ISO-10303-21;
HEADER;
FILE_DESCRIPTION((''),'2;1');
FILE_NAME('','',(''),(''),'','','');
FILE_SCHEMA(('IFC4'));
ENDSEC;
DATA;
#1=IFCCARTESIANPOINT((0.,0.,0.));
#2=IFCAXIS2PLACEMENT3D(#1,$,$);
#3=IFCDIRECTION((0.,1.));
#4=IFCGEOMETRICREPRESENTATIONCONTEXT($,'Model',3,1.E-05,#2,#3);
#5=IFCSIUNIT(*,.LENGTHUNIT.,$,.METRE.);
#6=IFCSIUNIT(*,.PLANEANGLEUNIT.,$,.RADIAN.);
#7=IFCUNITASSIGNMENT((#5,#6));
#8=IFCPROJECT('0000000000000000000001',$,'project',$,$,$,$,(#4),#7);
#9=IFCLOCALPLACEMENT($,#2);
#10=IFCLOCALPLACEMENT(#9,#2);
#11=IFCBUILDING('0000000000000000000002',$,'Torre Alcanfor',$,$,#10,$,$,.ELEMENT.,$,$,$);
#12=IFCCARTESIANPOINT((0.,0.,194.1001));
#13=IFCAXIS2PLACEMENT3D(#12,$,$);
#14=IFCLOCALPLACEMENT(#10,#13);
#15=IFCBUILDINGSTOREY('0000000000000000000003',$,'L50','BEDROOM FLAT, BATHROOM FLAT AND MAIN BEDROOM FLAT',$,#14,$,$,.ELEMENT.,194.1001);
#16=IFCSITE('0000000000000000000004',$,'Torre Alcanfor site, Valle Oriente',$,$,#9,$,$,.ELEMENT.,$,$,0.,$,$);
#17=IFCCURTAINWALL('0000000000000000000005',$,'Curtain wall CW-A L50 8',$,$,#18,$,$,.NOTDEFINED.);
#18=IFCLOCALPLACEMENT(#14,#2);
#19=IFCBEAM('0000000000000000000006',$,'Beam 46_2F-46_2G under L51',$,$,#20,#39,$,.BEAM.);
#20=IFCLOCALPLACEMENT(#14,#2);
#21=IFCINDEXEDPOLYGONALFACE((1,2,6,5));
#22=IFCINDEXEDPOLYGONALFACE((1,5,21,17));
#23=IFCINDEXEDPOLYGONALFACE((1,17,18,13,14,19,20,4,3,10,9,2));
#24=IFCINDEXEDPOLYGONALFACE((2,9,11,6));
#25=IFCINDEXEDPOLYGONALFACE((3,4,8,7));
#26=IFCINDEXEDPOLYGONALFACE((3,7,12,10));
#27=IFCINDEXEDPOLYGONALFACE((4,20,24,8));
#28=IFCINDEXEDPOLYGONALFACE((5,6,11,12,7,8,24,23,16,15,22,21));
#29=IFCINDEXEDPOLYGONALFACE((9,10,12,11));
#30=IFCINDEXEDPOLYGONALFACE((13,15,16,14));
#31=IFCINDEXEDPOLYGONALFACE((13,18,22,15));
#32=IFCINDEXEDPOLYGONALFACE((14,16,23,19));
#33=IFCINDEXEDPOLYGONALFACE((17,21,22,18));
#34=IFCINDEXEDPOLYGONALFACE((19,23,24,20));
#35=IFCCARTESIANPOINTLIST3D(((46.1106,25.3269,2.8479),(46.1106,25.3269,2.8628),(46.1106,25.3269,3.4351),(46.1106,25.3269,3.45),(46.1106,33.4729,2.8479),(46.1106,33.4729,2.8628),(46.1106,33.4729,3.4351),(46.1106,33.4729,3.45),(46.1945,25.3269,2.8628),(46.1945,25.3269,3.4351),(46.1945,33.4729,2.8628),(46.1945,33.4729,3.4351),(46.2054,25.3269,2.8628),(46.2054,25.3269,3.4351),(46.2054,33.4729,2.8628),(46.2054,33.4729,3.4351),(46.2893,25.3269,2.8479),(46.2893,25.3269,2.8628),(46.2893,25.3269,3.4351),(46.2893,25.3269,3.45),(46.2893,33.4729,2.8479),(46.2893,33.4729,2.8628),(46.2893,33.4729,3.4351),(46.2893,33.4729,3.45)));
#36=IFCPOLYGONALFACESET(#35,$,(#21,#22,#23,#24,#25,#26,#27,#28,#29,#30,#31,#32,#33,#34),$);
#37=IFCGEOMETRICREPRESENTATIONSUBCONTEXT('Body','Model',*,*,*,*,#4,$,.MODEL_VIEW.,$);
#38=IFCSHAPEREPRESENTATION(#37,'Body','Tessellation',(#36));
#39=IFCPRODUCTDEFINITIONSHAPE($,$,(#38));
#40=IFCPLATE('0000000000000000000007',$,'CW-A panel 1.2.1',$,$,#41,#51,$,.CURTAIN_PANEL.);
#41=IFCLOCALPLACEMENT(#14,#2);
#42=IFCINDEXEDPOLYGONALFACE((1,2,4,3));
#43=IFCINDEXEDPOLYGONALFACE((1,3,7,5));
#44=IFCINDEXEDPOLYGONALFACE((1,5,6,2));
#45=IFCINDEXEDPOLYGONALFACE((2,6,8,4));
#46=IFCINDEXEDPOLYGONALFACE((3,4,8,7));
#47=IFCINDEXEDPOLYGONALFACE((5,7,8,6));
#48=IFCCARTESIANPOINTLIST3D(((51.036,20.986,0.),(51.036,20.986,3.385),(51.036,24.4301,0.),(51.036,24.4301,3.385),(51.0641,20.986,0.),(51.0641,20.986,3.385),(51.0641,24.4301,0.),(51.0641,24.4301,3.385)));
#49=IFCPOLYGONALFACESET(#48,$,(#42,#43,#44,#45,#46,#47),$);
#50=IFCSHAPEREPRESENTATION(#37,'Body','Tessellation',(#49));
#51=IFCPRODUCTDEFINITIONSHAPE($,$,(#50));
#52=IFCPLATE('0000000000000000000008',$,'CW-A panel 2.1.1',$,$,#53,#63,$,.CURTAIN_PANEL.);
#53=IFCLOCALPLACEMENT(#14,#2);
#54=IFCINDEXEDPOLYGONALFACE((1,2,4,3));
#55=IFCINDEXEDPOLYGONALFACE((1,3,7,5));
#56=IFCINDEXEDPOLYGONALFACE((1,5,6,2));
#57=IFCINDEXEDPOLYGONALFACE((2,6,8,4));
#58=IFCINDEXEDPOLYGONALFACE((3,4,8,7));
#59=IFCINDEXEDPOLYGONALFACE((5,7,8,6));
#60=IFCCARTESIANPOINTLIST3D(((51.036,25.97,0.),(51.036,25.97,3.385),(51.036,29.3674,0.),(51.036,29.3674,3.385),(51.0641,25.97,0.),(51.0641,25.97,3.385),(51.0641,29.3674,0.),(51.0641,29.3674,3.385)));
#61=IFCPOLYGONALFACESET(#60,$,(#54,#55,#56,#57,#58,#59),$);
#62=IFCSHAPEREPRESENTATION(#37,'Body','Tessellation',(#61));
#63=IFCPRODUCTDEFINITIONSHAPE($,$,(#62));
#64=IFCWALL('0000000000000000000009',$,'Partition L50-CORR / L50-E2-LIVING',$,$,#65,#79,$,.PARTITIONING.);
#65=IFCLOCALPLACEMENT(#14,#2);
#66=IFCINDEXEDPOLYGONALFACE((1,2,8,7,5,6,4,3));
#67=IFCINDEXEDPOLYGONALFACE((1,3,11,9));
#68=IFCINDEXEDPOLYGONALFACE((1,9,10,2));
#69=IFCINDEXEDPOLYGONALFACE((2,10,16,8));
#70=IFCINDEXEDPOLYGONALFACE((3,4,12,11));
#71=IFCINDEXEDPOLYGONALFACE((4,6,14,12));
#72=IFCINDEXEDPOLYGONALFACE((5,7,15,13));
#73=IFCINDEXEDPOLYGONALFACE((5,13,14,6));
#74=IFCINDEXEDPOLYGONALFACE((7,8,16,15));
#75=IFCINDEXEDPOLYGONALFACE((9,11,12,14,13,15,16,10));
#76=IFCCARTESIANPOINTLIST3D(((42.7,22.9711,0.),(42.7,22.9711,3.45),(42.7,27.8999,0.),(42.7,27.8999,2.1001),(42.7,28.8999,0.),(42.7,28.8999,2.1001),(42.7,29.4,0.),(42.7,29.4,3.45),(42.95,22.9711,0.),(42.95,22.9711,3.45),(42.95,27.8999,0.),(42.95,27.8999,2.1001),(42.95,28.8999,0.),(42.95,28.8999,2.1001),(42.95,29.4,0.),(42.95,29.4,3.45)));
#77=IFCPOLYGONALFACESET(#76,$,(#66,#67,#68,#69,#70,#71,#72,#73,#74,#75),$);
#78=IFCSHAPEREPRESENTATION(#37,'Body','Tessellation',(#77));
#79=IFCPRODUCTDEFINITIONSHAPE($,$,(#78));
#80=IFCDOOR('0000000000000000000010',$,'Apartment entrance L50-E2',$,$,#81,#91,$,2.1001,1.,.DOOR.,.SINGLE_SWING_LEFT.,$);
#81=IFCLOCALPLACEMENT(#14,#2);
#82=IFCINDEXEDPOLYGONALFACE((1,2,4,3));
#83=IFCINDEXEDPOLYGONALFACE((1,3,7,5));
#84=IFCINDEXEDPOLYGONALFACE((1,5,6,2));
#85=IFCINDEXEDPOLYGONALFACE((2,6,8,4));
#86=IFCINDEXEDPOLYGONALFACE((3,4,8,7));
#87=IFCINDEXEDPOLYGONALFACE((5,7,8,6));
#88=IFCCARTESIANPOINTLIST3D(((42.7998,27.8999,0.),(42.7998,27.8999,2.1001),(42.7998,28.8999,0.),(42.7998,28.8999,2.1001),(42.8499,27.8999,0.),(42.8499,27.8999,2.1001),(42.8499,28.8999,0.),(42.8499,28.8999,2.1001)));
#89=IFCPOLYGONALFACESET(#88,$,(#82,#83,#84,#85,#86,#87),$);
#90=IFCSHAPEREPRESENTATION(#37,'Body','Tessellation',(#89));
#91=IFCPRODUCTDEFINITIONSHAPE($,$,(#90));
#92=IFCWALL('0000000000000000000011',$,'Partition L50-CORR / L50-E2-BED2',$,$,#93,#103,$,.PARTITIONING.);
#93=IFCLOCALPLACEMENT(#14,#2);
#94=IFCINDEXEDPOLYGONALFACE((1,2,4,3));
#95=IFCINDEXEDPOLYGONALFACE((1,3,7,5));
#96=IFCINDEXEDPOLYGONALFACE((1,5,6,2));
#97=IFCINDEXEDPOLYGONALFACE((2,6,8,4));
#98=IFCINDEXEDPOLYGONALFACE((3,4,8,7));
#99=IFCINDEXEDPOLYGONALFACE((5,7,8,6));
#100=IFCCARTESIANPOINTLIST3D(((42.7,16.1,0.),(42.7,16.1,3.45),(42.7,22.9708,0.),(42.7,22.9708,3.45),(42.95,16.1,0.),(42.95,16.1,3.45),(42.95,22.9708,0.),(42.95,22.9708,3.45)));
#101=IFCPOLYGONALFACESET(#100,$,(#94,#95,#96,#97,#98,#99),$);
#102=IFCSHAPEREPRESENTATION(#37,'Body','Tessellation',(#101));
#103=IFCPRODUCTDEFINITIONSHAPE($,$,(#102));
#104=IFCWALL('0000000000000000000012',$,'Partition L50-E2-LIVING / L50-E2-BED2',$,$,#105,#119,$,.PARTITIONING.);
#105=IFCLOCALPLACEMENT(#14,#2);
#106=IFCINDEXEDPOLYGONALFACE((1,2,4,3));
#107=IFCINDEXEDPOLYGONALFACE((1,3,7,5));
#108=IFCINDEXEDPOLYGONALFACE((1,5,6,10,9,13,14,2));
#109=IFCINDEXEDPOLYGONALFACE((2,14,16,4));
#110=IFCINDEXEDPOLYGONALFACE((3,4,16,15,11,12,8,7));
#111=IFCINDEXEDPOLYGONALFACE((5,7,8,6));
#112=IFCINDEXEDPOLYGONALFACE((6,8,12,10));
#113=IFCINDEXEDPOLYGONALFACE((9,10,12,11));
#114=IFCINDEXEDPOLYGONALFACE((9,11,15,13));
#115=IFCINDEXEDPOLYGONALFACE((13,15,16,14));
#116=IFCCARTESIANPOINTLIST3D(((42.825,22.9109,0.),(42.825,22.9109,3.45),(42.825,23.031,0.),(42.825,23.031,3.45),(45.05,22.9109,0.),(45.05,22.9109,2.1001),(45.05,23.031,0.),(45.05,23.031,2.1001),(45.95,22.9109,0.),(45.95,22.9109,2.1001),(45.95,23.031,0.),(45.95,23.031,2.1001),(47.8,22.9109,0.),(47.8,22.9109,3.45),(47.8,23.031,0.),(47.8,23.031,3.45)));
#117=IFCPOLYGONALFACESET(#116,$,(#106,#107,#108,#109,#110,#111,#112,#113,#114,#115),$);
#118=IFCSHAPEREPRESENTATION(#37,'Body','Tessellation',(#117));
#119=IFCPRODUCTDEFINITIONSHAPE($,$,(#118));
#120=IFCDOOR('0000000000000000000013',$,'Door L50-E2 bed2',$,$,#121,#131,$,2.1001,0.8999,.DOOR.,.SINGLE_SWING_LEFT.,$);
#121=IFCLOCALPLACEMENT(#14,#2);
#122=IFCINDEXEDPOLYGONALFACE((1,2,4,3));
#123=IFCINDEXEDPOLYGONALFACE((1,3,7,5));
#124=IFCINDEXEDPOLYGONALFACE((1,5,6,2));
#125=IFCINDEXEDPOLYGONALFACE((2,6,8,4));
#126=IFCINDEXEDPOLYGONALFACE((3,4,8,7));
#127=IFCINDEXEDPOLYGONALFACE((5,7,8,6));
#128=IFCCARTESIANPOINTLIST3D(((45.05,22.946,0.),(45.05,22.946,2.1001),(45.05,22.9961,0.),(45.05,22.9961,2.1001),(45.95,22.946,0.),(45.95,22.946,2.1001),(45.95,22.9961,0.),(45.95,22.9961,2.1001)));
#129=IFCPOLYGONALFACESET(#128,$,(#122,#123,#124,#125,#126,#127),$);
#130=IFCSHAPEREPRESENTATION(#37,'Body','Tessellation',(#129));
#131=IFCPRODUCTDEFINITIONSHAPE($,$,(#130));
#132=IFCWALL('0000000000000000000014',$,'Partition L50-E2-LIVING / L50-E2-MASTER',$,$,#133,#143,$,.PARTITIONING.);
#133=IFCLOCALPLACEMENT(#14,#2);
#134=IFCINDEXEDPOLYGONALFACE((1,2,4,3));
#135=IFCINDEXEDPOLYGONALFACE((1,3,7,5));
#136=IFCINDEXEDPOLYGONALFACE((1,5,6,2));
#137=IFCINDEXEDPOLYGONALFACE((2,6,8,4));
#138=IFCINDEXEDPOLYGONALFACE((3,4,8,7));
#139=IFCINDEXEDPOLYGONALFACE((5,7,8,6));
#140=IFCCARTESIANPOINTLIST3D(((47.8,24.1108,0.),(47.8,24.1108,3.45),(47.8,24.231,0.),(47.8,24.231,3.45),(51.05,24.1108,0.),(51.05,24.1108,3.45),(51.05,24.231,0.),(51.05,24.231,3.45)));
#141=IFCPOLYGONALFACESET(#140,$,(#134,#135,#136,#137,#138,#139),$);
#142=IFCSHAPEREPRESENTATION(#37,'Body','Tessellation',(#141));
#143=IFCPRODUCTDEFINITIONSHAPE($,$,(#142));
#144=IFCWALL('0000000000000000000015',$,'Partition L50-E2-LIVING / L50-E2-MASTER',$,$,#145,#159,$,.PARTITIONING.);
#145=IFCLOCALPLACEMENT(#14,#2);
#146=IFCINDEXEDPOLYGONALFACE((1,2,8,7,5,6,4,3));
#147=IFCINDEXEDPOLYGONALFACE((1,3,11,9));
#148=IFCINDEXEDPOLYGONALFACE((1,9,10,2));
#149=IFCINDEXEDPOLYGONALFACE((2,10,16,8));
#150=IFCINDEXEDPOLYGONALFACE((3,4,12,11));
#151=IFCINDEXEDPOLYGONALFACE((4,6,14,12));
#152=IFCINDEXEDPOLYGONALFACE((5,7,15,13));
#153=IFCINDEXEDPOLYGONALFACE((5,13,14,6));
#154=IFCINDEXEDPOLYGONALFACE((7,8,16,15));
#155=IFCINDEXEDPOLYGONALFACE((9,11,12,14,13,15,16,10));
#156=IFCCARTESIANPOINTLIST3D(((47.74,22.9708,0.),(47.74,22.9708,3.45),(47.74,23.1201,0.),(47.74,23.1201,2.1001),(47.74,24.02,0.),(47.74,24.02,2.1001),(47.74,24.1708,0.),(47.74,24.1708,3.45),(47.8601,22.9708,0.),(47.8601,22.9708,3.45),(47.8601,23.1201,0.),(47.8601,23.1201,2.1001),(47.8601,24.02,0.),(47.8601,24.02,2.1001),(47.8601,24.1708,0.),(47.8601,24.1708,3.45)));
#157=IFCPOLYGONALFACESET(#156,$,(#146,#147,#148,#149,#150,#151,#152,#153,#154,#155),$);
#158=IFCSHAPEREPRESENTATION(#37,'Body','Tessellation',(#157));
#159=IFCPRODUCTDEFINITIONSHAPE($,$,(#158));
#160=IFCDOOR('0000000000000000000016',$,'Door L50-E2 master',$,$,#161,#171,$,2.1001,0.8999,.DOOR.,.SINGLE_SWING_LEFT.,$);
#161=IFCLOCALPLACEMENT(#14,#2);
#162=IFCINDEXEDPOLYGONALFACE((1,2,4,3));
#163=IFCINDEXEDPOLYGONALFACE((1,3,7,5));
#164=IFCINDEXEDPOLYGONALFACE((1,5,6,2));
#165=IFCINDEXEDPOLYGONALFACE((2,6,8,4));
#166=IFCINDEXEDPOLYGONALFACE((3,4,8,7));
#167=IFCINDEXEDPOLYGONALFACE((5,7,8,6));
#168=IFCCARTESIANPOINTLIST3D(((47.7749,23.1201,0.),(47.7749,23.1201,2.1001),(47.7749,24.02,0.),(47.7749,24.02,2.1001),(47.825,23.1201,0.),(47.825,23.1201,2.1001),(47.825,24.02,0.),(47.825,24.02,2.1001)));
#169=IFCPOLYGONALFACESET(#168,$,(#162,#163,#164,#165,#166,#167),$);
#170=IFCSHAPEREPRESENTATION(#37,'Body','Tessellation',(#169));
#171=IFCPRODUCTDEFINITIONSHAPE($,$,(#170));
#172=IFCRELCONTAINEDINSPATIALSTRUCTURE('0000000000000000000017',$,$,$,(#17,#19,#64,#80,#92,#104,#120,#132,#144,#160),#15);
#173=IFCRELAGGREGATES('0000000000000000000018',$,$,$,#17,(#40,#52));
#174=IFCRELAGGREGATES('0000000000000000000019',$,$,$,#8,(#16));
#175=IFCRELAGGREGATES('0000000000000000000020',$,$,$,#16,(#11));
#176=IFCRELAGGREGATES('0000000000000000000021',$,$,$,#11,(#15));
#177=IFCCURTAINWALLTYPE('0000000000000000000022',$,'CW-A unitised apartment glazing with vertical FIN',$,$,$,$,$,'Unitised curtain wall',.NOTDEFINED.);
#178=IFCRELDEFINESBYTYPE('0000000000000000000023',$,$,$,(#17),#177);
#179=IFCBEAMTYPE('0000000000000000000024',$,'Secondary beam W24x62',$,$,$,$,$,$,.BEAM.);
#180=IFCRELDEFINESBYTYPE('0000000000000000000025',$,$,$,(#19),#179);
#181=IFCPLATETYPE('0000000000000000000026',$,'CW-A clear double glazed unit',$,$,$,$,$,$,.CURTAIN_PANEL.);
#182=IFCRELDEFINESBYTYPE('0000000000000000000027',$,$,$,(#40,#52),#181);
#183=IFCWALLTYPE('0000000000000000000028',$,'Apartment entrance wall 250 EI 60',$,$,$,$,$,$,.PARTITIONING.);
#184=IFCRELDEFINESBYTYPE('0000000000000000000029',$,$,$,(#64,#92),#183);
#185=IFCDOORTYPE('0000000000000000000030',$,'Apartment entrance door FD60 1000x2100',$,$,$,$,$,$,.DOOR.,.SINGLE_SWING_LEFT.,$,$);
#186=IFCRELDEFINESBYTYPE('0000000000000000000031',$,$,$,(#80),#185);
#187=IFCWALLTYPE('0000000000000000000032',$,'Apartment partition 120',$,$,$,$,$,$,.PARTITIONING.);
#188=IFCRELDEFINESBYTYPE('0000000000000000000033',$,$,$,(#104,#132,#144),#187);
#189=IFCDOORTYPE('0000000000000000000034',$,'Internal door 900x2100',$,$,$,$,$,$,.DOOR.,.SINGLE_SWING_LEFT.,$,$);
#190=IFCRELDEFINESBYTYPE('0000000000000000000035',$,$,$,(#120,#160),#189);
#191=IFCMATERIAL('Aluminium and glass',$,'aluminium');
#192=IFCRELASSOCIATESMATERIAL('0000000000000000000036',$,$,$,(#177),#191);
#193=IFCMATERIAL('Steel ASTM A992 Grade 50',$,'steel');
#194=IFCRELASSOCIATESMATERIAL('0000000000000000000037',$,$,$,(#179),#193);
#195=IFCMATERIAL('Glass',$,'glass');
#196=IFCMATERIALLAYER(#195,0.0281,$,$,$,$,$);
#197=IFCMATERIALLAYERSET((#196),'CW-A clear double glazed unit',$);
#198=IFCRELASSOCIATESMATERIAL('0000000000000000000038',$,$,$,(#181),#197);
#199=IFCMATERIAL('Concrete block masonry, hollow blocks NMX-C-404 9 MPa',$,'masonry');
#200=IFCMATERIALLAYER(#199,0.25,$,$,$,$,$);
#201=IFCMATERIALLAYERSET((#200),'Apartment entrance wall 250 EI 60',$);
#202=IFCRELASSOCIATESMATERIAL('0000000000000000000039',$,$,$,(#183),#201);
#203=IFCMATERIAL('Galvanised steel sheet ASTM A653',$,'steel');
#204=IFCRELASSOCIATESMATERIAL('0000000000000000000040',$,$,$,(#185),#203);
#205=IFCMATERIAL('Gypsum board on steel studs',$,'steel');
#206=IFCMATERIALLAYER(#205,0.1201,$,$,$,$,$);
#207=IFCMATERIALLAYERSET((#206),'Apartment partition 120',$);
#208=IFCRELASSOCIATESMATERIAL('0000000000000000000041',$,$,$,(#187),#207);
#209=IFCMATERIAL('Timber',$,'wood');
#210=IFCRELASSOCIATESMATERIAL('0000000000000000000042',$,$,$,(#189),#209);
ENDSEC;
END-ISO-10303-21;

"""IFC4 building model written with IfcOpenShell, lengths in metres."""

from ifc_helpers import new_model, si_unit, direction, frame, frame_2d, origin, origin_2d, place, context, subcontext, project, spatial, rectangle, i_section, extrude, material, layer, layer_set, material_profile, profile_set, type_object, element, fill, aggregate, save


model = new_model("IFC4")

# Units and contexts
model_context = context("Model", 3, precision=1e-05, world=origin(), true_north=direction((0.0, 1.0)))
body_context = subcontext(model_context, "Body", "Model", "MODEL_VIEW")
ifc_project = project(units=[si_unit("LENGTHUNIT", "METRE"), si_unit("PLANEANGLEUNIT", "RADIAN")], contexts=[model_context])

# Site, building, storey
site_placement = place(None, origin())
site = spatial("IfcSite", under=ifc_project, at=site_placement, Name="Torre Alcanfor site, Valle Oriente", CompositionType="ELEMENT", RefElevation=0.0)
building_placement = place(site_placement, origin())
building = spatial("IfcBuilding", under=site, at=building_placement, Name="Torre Alcanfor", CompositionType="ELEMENT")
storey_placement = place(building_placement, frame((0.0, 0.0, 194.1001)))
storey = spatial("IfcBuildingStorey", under=building, at=storey_placement, Name="L50", Description="BEDROOM FLAT, BATHROOM FLAT AND MAIN BEDROOM FLAT", CompositionType="ELEMENT", Elevation=194.1001)

# Curtain wall
ifc_material_1 = material(Name="Aluminium and glass", Category="aluminium")
curtain_wall_type = type_object("IfcCurtainWallType", Name="CW-A unitised apartment glazing with vertical FIN", ElementType="Unitised curtain wall", PredefinedType="NOTDEFINED", material=ifc_material_1)
curtain_wall_placement = place(storey_placement, origin())
curtain_wall = element("IfcCurtainWall", 1, at=curtain_wall_placement, inside=storey, type_object=curtain_wall_type, Name="Curtain wall CW-A L50 8", PredefinedType="NOTDEFINED")

# Beam
ifc_material_2 = material(Name="Steel ASTM A992 Grade 50", Category="steel")
ifc_material_profile_1 = material_profile(ifc_material_2, i_section(OverallWidth=0.1787, OverallDepth=0.6021, WebThickness=0.011, FlangeThickness=0.0149, at=origin_2d()), Name="W24x62")
ifc_profile_set_1 = profile_set([ifc_material_profile_1], Name="Steel ASTM A992 Grade 50")
beam_type_1 = type_object("IfcBeamType", Name="Secondary beam W24x62", PredefinedType="BEAM", material=ifc_profile_set_1)
beam_1_placement = place(storey_placement, frame((46.2, 25.3269, 3.1489), z_axis=(0.0, 1.0, 0.0), x_axis=(-1.0, 0.0, 0.0)))
element("IfcBeam", 2, at=beam_1_placement, inside=storey, type_object=beam_type_1, Name="Beam 46_2F-46_2G under L51", PredefinedType="BEAM", context=body_context, shape_type="SweptSolid", body=[
    extrude(i_section(OverallWidth=0.1787, OverallDepth=0.6021, WebThickness=0.011, FlangeThickness=0.0149, at=origin_2d()), origin(), (0.0, 0.0, 1.0), 8.146),
])

# Plates
ifc_material_3 = material(Name="Glass", Category="glass")
ifc_layer_1 = layer(ifc_material_3, 0.0281)
ifc_layer_set_1 = layer_set([ifc_layer_1], Name="CW-A clear double glazed unit")
plate_type = type_object("IfcPlateType", Name="CW-A clear double glazed unit", PredefinedType="CURTAIN_PANEL", material=ifc_layer_set_1)
plate_1_placement = place(storey_placement, frame((51.05, 22.708, 0.0), z_axis=(0.0, 0.0, 1.0), x_axis=(0.0, 1.0, 0.0)))
plate_1 = element("IfcPlate", 3, at=plate_1_placement, type_object=plate_type, Name="CW-A panel 1.2.1", PredefinedType="CURTAIN_PANEL", context=body_context, shape_type="SweptSolid", body=[
    extrude(rectangle(XDim=3.4441, YDim=0.0281, at=origin_2d()), origin(), (0.0, 0.0, 1.0), 3.385),
])
plate_2_placement = place(storey_placement, frame((51.05, 27.6687, 0.0), z_axis=(0.0, 0.0, 1.0), x_axis=(0.0, 1.0, 0.0)))
plate_2 = element("IfcPlate", 4, at=plate_2_placement, type_object=plate_type, Name="CW-A panel 2.1.1", PredefinedType="CURTAIN_PANEL", context=body_context, shape_type="SweptSolid", body=[
    extrude(rectangle(XDim=3.3975, YDim=0.0281, at=origin_2d()), origin(), (0.0, 0.0, 1.0), 3.385),
])
aggregate(curtain_wall, [plate_1, plate_2])

# Wall, opening, door
ifc_material_4 = material(Name="Concrete block masonry, hollow blocks NMX-C-404 9 MPa", Category="masonry")
ifc_layer_2 = layer(ifc_material_4, 0.25)
ifc_layer_set_2 = layer_set([ifc_layer_2], Name="Apartment entrance wall 250 EI 60")
wall_type_1 = type_object("IfcWallType", Name="Apartment entrance wall 250 EI 60", PredefinedType="PARTITIONING", material=ifc_layer_set_2)
wall_1_placement = place(storey_placement, frame((42.825, 29.3999, 0.0), z_axis=(0.0, 0.0, 1.0), x_axis=(0.0, -1.0, 0.0)))
wall_1 = element("IfcWall", 5, at=wall_1_placement, inside=storey, type_object=wall_type_1, Name="Partition L50-CORR / L50-E2-LIVING", PredefinedType="PARTITIONING", context=body_context, shape_type="SweptSolid", body=[
    extrude(rectangle(XDim=6.429, YDim=0.25, at=frame_2d((3.2144, 0.0))), origin(), (0.0, 0.0, 1.0), 3.45),
])
opening_1_placement = place(wall_1_placement, frame((0.5, 0.0, 0.0)))
opening_1 = element("IfcOpeningElement", 6, at=opening_1_placement, cuts=wall_1, PredefinedType="OPENING", context=body_context, shape_type="SweptSolid", body=[
    extrude(rectangle(XDim=1.0, YDim=2.1001, at=frame_2d((0.5, 1.05))), frame((0.0, 0.135, 0.0), z_axis=(0.0, -1.0, 0.0), x_axis=(1.0, 0.0, 0.0)), (0.0, 0.0, 1.0), 0.27),
])
ifc_material_5 = material(Name="Galvanised steel sheet ASTM A653", Category="steel")
door_type_1 = type_object("IfcDoorType", Name="Apartment entrance door FD60 1000x2100", OperationType="SINGLE_SWING_LEFT", PredefinedType="DOOR", material=ifc_material_5)
door_1_placement = place(opening_1_placement, origin())
door_1 = element("IfcDoor", 7, at=door_1_placement, inside=storey, type_object=door_type_1, Name="Apartment entrance L50-E2", OperationType="SINGLE_SWING_LEFT", OverallHeight=2.1001, OverallWidth=1.0, PredefinedType="DOOR", context=body_context, shape_type="SweptSolid", body=[
    extrude(rectangle(XDim=1.0, YDim=2.1001, at=frame_2d((0.5, 1.05))), frame((0.0, 0.0249, 0.0), z_axis=(0.0, -1.0, 0.0), x_axis=(1.0, 0.0, 0.0)), (0.0, 0.0, 1.0), 0.05),
])
fill(opening_1, door_1)

# Wall
wall_2_placement = place(storey_placement, frame((42.825, 22.9709, 0.0), z_axis=(0.0, 0.0, 1.0), x_axis=(0.0, -1.0, 0.0)))
element("IfcWall", 8, at=wall_2_placement, inside=storey, type_object=wall_type_1, Name="Partition L50-CORR / L50-E2-BED2", PredefinedType="PARTITIONING", context=body_context, shape_type="SweptSolid", body=[
    extrude(rectangle(XDim=6.8708, YDim=0.25, at=frame_2d((3.4355, 0.0))), origin(), (0.0, 0.0, 1.0), 3.45),
])

# Wall, opening, door
ifc_material_6 = material(Name="Gypsum board on steel studs", Category="steel")
ifc_layer_3 = layer(ifc_material_6, 0.1201)
ifc_layer_set_3 = layer_set([ifc_layer_3], Name="Apartment partition 120")
wall_type_2 = type_object("IfcWallType", Name="Apartment partition 120", PredefinedType="PARTITIONING", material=ifc_layer_set_3)
wall_3_placement = place(storey_placement, frame((47.8, 22.9709, 0.0), z_axis=(0.0, 0.0, 1.0), x_axis=(-1.0, 0.0, 0.0)))
wall_3 = element("IfcWall", 9, at=wall_3_placement, inside=storey, type_object=wall_type_2, Name="Partition L50-E2-LIVING / L50-E2-BED2", PredefinedType="PARTITIONING", context=body_context, shape_type="SweptSolid", body=[
    extrude(rectangle(XDim=4.9751, YDim=0.1201, at=frame_2d((2.4875, 0.0))), origin(), (0.0, 0.0, 1.0), 3.45),
])
opening_2_placement = place(wall_3_placement, frame((1.8501, 0.0, 0.0)))
opening_2 = element("IfcOpeningElement", 10, at=opening_2_placement, cuts=wall_3, PredefinedType="OPENING", context=body_context, shape_type="SweptSolid", body=[
    extrude(rectangle(XDim=0.8999, YDim=2.1001, at=frame_2d((0.45, 1.05))), frame((0.0, 0.0701, 0.0), z_axis=(0.0, -1.0, 0.0), x_axis=(1.0, 0.0, 0.0)), (0.0, 0.0, 1.0), 0.1401),
])
ifc_material_7 = material(Name="Timber", Category="wood")
door_type_2 = type_object("IfcDoorType", Name="Internal door 900x2100", OperationType="SINGLE_SWING_LEFT", PredefinedType="DOOR", material=ifc_material_7)
door_2_placement = place(opening_2_placement, origin())
door_2 = element("IfcDoor", 11, at=door_2_placement, inside=storey, type_object=door_type_2, Name="Door L50-E2 bed2", OperationType="SINGLE_SWING_LEFT", OverallHeight=2.1001, OverallWidth=0.8999, PredefinedType="DOOR", context=body_context, shape_type="SweptSolid", body=[
    extrude(rectangle(XDim=0.8999, YDim=2.1001, at=frame_2d((0.45, 1.05))), frame((0.0, 0.0249, 0.0), z_axis=(0.0, -1.0, 0.0), x_axis=(1.0, 0.0, 0.0)), (0.0, 0.0, 1.0), 0.05),
])
fill(opening_2, door_2)

# Wall
wall_4_placement = place(storey_placement, frame((51.05, 24.1709, 0.0), z_axis=(0.0, 0.0, 1.0), x_axis=(-1.0, 0.0, 0.0)))
element("IfcWall", 12, at=wall_4_placement, inside=storey, type_object=wall_type_2, Name="Partition L50-E2-LIVING / L50-E2-MASTER", PredefinedType="PARTITIONING", context=body_context, shape_type="SweptSolid", body=[
    extrude(rectangle(XDim=3.25, YDim=0.1201, at=frame_2d((1.625, 0.0))), origin(), (0.0, 0.0, 1.0), 3.45),
])

# Wall, opening, door
wall_5_placement = place(storey_placement, frame((47.8, 24.1709, 0.0), z_axis=(0.0, 0.0, 1.0), x_axis=(0.0, -1.0, 0.0)))
wall_5 = element("IfcWall", 13, at=wall_5_placement, inside=storey, type_object=wall_type_2, Name="Partition L50-E2-LIVING / L50-E2-MASTER", PredefinedType="PARTITIONING", context=body_context, shape_type="SweptSolid", body=[
    extrude(rectangle(XDim=1.2, YDim=0.1201, at=frame_2d((0.6001, 0.0))), origin(), (0.0, 0.0, 1.0), 3.45),
])
opening_3_placement = place(wall_5_placement, frame((0.1509, 0.0, 0.0)))
opening_3 = element("IfcOpeningElement", 14, at=opening_3_placement, cuts=wall_5, PredefinedType="OPENING", context=body_context, shape_type="SweptSolid", body=[
    extrude(rectangle(XDim=0.8999, YDim=2.1001, at=frame_2d((0.45, 1.05))), frame((0.0, 0.0701, 0.0), z_axis=(0.0, -1.0, 0.0), x_axis=(1.0, 0.0, 0.0)), (0.0, 0.0, 1.0), 0.1401),
])
door_3_placement = place(opening_3_placement, origin())
door_3 = element("IfcDoor", 15, at=door_3_placement, inside=storey, type_object=door_type_2, Name="Door L50-E2 master", OperationType="SINGLE_SWING_LEFT", OverallHeight=2.1001, OverallWidth=0.8999, PredefinedType="DOOR", context=body_context, shape_type="SweptSolid", body=[
    extrude(rectangle(XDim=0.8999, YDim=2.1001, at=frame_2d((0.45, 1.05))), frame((0.0, 0.0249, 0.0), z_axis=(0.0, -1.0, 0.0), x_axis=(1.0, 0.0, 0.0)), (0.0, 0.0, 1.0), 0.05),
])
fill(opening_3, door_3)

save(model, "model.ifc")
